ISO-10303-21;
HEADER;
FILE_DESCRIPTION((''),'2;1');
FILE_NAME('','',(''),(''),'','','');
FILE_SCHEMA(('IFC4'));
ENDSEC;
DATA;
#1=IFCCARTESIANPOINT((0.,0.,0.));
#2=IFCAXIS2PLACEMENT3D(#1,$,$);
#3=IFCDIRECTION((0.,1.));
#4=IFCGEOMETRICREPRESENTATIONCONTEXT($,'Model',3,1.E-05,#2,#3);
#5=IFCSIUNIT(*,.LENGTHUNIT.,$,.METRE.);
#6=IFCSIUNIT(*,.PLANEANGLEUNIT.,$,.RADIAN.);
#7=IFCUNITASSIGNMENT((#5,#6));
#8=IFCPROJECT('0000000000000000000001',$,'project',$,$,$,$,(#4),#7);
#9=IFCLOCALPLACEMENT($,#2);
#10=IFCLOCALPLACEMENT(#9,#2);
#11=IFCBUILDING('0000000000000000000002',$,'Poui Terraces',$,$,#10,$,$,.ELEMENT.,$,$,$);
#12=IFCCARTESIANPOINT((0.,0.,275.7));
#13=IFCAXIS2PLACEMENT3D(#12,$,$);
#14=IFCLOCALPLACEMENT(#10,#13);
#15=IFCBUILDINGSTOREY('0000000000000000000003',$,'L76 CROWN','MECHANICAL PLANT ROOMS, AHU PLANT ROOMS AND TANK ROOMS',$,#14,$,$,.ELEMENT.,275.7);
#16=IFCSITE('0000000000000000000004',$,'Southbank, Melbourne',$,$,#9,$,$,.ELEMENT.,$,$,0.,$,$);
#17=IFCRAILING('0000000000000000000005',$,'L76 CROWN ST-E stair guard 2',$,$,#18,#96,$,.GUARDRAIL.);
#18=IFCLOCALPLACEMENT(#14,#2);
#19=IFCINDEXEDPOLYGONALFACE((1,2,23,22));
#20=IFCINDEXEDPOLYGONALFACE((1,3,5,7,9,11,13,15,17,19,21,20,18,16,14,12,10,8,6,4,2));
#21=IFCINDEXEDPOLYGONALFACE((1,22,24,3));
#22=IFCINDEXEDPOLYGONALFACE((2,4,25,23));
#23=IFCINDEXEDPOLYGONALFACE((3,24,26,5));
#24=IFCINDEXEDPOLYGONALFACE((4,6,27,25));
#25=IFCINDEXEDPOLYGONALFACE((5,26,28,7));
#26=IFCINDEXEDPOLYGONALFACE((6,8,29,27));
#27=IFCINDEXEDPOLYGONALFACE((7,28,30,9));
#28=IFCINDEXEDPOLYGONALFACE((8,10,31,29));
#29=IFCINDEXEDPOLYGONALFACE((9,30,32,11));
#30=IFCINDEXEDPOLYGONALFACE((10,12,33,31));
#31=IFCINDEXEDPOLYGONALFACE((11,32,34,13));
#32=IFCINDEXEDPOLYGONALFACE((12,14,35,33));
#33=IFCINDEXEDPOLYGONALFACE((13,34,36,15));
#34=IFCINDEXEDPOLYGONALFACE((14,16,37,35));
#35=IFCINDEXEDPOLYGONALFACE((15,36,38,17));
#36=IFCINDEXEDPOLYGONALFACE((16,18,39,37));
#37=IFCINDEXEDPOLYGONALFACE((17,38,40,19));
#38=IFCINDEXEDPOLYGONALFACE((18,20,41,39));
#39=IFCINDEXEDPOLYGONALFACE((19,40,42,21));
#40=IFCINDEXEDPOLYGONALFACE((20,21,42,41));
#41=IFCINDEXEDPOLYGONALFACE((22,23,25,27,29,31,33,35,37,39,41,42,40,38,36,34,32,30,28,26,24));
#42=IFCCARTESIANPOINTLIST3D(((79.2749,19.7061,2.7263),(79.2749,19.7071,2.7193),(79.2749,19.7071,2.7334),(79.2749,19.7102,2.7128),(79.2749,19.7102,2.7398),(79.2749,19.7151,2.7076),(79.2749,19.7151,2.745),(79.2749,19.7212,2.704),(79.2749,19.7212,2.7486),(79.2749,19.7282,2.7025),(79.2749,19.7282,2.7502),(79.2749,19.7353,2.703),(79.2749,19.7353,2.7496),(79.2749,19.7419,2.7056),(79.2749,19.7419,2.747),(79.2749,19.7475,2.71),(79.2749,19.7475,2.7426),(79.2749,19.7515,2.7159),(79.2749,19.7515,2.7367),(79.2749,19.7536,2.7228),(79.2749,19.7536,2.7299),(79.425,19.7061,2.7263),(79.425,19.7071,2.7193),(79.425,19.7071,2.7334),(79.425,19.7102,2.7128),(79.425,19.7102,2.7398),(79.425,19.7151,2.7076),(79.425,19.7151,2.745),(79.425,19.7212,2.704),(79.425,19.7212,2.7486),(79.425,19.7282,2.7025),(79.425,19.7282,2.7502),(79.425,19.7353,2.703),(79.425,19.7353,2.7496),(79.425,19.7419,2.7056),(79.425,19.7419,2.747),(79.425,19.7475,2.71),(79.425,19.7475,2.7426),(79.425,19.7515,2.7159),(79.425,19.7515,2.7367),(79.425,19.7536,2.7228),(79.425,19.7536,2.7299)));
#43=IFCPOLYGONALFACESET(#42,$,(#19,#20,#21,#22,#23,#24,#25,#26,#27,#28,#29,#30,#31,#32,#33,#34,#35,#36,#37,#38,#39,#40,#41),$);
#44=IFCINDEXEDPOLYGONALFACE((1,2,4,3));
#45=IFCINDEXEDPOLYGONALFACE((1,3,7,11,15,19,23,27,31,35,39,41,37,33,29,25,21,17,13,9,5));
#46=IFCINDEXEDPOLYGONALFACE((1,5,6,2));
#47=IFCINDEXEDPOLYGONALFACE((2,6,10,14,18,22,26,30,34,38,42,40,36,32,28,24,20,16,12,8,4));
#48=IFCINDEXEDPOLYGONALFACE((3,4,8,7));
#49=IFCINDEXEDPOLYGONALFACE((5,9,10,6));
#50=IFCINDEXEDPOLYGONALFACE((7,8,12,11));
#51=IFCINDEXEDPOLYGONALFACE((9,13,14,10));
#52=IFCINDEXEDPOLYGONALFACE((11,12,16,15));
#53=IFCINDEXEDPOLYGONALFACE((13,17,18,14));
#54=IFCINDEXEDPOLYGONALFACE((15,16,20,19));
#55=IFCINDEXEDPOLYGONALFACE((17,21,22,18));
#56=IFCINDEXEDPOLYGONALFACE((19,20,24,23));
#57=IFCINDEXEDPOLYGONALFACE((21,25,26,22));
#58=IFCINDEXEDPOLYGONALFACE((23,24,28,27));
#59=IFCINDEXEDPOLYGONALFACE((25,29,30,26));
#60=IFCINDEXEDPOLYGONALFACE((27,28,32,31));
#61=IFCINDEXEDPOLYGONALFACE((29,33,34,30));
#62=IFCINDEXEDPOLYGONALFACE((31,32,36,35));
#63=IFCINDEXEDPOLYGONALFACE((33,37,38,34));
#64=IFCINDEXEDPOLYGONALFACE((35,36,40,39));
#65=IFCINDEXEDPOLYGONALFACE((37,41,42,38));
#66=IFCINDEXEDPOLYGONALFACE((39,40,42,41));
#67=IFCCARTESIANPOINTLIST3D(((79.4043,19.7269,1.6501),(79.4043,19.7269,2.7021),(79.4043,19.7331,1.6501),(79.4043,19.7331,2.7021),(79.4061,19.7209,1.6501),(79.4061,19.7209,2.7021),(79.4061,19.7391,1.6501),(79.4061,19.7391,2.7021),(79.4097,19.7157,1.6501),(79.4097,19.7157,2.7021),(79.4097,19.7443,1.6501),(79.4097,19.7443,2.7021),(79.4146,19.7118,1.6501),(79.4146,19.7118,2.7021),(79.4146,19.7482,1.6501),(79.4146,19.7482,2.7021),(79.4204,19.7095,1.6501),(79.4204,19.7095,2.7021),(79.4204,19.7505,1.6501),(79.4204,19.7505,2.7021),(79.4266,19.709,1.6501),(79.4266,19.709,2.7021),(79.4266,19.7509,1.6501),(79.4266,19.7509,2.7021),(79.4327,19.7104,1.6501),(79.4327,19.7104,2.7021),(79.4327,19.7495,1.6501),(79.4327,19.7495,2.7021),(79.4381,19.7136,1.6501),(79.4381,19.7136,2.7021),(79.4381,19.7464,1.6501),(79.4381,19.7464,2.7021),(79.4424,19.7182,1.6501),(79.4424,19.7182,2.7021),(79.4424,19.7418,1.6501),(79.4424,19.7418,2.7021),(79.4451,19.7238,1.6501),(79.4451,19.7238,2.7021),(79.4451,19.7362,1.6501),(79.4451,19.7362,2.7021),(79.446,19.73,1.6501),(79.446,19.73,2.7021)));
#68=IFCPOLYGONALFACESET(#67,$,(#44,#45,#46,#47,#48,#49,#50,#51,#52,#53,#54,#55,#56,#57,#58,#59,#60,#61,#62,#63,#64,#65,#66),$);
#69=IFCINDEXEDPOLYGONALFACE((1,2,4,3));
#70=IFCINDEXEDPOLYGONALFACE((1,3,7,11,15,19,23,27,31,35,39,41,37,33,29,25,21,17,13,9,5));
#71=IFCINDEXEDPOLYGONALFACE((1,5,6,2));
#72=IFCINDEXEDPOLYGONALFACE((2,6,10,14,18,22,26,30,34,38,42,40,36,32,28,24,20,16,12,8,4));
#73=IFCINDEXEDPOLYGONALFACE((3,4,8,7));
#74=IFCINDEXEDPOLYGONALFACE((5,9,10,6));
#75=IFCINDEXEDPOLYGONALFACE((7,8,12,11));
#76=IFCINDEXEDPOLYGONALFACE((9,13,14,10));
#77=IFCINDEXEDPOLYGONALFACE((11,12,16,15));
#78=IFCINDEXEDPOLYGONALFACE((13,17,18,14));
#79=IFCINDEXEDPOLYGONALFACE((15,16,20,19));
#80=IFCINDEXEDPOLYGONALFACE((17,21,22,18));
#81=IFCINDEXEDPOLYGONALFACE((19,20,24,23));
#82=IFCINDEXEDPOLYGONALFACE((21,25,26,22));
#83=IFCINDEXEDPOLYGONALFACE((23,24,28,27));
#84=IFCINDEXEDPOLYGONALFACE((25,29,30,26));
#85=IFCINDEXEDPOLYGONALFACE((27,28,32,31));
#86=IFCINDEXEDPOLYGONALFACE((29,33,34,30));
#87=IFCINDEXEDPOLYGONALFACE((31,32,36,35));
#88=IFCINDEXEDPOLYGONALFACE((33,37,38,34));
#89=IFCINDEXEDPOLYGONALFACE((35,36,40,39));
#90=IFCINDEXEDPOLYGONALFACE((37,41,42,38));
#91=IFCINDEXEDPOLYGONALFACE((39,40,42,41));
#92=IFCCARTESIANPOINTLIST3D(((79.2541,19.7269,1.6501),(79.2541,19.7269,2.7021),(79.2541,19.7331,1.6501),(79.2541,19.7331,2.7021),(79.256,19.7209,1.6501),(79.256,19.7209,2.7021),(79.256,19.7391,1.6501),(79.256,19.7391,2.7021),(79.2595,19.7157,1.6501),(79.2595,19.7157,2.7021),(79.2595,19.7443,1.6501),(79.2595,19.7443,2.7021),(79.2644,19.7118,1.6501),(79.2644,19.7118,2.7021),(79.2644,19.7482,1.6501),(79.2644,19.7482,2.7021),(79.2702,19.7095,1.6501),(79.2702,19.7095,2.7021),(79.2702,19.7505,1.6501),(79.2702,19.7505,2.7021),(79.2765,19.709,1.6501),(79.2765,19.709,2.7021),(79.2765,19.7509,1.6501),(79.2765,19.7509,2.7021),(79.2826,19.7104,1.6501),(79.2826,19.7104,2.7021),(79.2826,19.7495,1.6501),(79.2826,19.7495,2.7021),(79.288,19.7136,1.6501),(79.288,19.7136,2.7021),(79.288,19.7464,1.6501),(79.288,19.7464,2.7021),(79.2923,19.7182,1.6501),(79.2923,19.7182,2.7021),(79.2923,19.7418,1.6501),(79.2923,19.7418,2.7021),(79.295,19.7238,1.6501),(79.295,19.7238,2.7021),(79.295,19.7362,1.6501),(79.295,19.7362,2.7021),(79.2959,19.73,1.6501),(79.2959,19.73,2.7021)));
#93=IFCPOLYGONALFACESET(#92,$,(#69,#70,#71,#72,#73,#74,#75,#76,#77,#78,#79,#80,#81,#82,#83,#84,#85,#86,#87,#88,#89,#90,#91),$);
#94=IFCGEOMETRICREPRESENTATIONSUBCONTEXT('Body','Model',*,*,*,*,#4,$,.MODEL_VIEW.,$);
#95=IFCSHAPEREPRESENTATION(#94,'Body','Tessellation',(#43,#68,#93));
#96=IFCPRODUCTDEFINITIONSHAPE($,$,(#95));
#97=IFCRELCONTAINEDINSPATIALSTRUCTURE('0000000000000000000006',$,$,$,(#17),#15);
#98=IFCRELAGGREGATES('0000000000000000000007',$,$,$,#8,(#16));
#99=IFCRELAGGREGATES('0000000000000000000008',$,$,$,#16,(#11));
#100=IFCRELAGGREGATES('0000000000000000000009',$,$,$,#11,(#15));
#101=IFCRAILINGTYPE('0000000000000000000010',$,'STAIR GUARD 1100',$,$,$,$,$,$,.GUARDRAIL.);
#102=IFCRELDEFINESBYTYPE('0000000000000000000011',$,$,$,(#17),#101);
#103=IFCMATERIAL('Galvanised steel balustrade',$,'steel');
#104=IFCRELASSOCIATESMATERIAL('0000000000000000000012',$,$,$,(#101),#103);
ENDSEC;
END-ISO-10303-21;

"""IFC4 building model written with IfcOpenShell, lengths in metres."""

from ifc_helpers import new_model, si_unit, direction, frame, origin, origin_2d, place, context, subcontext, project, spatial, circle, extrude, material, type_object, element, save


model = new_model("IFC4")

# Units and contexts
model_context = context("Model", 3, precision=1e-05, world=origin(), true_north=direction((0.0, 1.0)))
body_context = subcontext(model_context, "Body", "Model", "MODEL_VIEW")
ifc_project = project(units=[si_unit("LENGTHUNIT", "METRE"), si_unit("PLANEANGLEUNIT", "RADIAN")], contexts=[model_context])

# Site, building, storey
site_placement = place(None, origin())
site = spatial("IfcSite", under=ifc_project, at=site_placement, Name="Southbank, Melbourne", CompositionType="ELEMENT", RefElevation=0.0)
building_placement = place(site_placement, origin())
building = spatial("IfcBuilding", under=site, at=building_placement, Name="Poui Terraces", CompositionType="ELEMENT")
storey_placement = place(building_placement, frame((0.0, 0.0, 275.7)))
storey = spatial("IfcBuildingStorey", under=building, at=storey_placement, Name="L76 CROWN", Description="MECHANICAL PLANT ROOMS, AHU PLANT ROOMS AND TANK ROOMS", CompositionType="ELEMENT", Elevation=275.7)

# Railing
ifc_material_1 = material(Name="Galvanised steel balustrade", Category="steel")
railing_type_1 = type_object("IfcRailingType", Name="STAIR GUARD 1100", PredefinedType="GUARDRAIL", material=ifc_material_1)
railing_1_placement = place(storey_placement, frame((79.425, 19.73, 1.6501)))
element("IfcRailing", 1, at=railing_1_placement, inside=storey, type_object=railing_type_1, Name="L76 CROWN ST-E stair guard 2", PredefinedType="GUARDRAIL", context=body_context, shape_type="SweptSolid", body=[
    extrude(circle(Radius=0.0239, at=origin_2d()), frame((0.0, 0.0, 1.0762), z_axis=(-1.0, 0.0, 0.0), x_axis=(0.0, -1.0, 0.0)), (0.0, 0.0, 1.0), 0.1501),
    extrude(circle(Radius=0.021, at=origin_2d()), origin(), (0.0, 0.0, 1.0), 1.052),
    extrude(circle(Radius=0.021, at=origin_2d()), frame((-0.1501, 0.0, 0.0)), (0.0, 0.0, 1.0), 1.052),
])

save(model, "model.ifc")
